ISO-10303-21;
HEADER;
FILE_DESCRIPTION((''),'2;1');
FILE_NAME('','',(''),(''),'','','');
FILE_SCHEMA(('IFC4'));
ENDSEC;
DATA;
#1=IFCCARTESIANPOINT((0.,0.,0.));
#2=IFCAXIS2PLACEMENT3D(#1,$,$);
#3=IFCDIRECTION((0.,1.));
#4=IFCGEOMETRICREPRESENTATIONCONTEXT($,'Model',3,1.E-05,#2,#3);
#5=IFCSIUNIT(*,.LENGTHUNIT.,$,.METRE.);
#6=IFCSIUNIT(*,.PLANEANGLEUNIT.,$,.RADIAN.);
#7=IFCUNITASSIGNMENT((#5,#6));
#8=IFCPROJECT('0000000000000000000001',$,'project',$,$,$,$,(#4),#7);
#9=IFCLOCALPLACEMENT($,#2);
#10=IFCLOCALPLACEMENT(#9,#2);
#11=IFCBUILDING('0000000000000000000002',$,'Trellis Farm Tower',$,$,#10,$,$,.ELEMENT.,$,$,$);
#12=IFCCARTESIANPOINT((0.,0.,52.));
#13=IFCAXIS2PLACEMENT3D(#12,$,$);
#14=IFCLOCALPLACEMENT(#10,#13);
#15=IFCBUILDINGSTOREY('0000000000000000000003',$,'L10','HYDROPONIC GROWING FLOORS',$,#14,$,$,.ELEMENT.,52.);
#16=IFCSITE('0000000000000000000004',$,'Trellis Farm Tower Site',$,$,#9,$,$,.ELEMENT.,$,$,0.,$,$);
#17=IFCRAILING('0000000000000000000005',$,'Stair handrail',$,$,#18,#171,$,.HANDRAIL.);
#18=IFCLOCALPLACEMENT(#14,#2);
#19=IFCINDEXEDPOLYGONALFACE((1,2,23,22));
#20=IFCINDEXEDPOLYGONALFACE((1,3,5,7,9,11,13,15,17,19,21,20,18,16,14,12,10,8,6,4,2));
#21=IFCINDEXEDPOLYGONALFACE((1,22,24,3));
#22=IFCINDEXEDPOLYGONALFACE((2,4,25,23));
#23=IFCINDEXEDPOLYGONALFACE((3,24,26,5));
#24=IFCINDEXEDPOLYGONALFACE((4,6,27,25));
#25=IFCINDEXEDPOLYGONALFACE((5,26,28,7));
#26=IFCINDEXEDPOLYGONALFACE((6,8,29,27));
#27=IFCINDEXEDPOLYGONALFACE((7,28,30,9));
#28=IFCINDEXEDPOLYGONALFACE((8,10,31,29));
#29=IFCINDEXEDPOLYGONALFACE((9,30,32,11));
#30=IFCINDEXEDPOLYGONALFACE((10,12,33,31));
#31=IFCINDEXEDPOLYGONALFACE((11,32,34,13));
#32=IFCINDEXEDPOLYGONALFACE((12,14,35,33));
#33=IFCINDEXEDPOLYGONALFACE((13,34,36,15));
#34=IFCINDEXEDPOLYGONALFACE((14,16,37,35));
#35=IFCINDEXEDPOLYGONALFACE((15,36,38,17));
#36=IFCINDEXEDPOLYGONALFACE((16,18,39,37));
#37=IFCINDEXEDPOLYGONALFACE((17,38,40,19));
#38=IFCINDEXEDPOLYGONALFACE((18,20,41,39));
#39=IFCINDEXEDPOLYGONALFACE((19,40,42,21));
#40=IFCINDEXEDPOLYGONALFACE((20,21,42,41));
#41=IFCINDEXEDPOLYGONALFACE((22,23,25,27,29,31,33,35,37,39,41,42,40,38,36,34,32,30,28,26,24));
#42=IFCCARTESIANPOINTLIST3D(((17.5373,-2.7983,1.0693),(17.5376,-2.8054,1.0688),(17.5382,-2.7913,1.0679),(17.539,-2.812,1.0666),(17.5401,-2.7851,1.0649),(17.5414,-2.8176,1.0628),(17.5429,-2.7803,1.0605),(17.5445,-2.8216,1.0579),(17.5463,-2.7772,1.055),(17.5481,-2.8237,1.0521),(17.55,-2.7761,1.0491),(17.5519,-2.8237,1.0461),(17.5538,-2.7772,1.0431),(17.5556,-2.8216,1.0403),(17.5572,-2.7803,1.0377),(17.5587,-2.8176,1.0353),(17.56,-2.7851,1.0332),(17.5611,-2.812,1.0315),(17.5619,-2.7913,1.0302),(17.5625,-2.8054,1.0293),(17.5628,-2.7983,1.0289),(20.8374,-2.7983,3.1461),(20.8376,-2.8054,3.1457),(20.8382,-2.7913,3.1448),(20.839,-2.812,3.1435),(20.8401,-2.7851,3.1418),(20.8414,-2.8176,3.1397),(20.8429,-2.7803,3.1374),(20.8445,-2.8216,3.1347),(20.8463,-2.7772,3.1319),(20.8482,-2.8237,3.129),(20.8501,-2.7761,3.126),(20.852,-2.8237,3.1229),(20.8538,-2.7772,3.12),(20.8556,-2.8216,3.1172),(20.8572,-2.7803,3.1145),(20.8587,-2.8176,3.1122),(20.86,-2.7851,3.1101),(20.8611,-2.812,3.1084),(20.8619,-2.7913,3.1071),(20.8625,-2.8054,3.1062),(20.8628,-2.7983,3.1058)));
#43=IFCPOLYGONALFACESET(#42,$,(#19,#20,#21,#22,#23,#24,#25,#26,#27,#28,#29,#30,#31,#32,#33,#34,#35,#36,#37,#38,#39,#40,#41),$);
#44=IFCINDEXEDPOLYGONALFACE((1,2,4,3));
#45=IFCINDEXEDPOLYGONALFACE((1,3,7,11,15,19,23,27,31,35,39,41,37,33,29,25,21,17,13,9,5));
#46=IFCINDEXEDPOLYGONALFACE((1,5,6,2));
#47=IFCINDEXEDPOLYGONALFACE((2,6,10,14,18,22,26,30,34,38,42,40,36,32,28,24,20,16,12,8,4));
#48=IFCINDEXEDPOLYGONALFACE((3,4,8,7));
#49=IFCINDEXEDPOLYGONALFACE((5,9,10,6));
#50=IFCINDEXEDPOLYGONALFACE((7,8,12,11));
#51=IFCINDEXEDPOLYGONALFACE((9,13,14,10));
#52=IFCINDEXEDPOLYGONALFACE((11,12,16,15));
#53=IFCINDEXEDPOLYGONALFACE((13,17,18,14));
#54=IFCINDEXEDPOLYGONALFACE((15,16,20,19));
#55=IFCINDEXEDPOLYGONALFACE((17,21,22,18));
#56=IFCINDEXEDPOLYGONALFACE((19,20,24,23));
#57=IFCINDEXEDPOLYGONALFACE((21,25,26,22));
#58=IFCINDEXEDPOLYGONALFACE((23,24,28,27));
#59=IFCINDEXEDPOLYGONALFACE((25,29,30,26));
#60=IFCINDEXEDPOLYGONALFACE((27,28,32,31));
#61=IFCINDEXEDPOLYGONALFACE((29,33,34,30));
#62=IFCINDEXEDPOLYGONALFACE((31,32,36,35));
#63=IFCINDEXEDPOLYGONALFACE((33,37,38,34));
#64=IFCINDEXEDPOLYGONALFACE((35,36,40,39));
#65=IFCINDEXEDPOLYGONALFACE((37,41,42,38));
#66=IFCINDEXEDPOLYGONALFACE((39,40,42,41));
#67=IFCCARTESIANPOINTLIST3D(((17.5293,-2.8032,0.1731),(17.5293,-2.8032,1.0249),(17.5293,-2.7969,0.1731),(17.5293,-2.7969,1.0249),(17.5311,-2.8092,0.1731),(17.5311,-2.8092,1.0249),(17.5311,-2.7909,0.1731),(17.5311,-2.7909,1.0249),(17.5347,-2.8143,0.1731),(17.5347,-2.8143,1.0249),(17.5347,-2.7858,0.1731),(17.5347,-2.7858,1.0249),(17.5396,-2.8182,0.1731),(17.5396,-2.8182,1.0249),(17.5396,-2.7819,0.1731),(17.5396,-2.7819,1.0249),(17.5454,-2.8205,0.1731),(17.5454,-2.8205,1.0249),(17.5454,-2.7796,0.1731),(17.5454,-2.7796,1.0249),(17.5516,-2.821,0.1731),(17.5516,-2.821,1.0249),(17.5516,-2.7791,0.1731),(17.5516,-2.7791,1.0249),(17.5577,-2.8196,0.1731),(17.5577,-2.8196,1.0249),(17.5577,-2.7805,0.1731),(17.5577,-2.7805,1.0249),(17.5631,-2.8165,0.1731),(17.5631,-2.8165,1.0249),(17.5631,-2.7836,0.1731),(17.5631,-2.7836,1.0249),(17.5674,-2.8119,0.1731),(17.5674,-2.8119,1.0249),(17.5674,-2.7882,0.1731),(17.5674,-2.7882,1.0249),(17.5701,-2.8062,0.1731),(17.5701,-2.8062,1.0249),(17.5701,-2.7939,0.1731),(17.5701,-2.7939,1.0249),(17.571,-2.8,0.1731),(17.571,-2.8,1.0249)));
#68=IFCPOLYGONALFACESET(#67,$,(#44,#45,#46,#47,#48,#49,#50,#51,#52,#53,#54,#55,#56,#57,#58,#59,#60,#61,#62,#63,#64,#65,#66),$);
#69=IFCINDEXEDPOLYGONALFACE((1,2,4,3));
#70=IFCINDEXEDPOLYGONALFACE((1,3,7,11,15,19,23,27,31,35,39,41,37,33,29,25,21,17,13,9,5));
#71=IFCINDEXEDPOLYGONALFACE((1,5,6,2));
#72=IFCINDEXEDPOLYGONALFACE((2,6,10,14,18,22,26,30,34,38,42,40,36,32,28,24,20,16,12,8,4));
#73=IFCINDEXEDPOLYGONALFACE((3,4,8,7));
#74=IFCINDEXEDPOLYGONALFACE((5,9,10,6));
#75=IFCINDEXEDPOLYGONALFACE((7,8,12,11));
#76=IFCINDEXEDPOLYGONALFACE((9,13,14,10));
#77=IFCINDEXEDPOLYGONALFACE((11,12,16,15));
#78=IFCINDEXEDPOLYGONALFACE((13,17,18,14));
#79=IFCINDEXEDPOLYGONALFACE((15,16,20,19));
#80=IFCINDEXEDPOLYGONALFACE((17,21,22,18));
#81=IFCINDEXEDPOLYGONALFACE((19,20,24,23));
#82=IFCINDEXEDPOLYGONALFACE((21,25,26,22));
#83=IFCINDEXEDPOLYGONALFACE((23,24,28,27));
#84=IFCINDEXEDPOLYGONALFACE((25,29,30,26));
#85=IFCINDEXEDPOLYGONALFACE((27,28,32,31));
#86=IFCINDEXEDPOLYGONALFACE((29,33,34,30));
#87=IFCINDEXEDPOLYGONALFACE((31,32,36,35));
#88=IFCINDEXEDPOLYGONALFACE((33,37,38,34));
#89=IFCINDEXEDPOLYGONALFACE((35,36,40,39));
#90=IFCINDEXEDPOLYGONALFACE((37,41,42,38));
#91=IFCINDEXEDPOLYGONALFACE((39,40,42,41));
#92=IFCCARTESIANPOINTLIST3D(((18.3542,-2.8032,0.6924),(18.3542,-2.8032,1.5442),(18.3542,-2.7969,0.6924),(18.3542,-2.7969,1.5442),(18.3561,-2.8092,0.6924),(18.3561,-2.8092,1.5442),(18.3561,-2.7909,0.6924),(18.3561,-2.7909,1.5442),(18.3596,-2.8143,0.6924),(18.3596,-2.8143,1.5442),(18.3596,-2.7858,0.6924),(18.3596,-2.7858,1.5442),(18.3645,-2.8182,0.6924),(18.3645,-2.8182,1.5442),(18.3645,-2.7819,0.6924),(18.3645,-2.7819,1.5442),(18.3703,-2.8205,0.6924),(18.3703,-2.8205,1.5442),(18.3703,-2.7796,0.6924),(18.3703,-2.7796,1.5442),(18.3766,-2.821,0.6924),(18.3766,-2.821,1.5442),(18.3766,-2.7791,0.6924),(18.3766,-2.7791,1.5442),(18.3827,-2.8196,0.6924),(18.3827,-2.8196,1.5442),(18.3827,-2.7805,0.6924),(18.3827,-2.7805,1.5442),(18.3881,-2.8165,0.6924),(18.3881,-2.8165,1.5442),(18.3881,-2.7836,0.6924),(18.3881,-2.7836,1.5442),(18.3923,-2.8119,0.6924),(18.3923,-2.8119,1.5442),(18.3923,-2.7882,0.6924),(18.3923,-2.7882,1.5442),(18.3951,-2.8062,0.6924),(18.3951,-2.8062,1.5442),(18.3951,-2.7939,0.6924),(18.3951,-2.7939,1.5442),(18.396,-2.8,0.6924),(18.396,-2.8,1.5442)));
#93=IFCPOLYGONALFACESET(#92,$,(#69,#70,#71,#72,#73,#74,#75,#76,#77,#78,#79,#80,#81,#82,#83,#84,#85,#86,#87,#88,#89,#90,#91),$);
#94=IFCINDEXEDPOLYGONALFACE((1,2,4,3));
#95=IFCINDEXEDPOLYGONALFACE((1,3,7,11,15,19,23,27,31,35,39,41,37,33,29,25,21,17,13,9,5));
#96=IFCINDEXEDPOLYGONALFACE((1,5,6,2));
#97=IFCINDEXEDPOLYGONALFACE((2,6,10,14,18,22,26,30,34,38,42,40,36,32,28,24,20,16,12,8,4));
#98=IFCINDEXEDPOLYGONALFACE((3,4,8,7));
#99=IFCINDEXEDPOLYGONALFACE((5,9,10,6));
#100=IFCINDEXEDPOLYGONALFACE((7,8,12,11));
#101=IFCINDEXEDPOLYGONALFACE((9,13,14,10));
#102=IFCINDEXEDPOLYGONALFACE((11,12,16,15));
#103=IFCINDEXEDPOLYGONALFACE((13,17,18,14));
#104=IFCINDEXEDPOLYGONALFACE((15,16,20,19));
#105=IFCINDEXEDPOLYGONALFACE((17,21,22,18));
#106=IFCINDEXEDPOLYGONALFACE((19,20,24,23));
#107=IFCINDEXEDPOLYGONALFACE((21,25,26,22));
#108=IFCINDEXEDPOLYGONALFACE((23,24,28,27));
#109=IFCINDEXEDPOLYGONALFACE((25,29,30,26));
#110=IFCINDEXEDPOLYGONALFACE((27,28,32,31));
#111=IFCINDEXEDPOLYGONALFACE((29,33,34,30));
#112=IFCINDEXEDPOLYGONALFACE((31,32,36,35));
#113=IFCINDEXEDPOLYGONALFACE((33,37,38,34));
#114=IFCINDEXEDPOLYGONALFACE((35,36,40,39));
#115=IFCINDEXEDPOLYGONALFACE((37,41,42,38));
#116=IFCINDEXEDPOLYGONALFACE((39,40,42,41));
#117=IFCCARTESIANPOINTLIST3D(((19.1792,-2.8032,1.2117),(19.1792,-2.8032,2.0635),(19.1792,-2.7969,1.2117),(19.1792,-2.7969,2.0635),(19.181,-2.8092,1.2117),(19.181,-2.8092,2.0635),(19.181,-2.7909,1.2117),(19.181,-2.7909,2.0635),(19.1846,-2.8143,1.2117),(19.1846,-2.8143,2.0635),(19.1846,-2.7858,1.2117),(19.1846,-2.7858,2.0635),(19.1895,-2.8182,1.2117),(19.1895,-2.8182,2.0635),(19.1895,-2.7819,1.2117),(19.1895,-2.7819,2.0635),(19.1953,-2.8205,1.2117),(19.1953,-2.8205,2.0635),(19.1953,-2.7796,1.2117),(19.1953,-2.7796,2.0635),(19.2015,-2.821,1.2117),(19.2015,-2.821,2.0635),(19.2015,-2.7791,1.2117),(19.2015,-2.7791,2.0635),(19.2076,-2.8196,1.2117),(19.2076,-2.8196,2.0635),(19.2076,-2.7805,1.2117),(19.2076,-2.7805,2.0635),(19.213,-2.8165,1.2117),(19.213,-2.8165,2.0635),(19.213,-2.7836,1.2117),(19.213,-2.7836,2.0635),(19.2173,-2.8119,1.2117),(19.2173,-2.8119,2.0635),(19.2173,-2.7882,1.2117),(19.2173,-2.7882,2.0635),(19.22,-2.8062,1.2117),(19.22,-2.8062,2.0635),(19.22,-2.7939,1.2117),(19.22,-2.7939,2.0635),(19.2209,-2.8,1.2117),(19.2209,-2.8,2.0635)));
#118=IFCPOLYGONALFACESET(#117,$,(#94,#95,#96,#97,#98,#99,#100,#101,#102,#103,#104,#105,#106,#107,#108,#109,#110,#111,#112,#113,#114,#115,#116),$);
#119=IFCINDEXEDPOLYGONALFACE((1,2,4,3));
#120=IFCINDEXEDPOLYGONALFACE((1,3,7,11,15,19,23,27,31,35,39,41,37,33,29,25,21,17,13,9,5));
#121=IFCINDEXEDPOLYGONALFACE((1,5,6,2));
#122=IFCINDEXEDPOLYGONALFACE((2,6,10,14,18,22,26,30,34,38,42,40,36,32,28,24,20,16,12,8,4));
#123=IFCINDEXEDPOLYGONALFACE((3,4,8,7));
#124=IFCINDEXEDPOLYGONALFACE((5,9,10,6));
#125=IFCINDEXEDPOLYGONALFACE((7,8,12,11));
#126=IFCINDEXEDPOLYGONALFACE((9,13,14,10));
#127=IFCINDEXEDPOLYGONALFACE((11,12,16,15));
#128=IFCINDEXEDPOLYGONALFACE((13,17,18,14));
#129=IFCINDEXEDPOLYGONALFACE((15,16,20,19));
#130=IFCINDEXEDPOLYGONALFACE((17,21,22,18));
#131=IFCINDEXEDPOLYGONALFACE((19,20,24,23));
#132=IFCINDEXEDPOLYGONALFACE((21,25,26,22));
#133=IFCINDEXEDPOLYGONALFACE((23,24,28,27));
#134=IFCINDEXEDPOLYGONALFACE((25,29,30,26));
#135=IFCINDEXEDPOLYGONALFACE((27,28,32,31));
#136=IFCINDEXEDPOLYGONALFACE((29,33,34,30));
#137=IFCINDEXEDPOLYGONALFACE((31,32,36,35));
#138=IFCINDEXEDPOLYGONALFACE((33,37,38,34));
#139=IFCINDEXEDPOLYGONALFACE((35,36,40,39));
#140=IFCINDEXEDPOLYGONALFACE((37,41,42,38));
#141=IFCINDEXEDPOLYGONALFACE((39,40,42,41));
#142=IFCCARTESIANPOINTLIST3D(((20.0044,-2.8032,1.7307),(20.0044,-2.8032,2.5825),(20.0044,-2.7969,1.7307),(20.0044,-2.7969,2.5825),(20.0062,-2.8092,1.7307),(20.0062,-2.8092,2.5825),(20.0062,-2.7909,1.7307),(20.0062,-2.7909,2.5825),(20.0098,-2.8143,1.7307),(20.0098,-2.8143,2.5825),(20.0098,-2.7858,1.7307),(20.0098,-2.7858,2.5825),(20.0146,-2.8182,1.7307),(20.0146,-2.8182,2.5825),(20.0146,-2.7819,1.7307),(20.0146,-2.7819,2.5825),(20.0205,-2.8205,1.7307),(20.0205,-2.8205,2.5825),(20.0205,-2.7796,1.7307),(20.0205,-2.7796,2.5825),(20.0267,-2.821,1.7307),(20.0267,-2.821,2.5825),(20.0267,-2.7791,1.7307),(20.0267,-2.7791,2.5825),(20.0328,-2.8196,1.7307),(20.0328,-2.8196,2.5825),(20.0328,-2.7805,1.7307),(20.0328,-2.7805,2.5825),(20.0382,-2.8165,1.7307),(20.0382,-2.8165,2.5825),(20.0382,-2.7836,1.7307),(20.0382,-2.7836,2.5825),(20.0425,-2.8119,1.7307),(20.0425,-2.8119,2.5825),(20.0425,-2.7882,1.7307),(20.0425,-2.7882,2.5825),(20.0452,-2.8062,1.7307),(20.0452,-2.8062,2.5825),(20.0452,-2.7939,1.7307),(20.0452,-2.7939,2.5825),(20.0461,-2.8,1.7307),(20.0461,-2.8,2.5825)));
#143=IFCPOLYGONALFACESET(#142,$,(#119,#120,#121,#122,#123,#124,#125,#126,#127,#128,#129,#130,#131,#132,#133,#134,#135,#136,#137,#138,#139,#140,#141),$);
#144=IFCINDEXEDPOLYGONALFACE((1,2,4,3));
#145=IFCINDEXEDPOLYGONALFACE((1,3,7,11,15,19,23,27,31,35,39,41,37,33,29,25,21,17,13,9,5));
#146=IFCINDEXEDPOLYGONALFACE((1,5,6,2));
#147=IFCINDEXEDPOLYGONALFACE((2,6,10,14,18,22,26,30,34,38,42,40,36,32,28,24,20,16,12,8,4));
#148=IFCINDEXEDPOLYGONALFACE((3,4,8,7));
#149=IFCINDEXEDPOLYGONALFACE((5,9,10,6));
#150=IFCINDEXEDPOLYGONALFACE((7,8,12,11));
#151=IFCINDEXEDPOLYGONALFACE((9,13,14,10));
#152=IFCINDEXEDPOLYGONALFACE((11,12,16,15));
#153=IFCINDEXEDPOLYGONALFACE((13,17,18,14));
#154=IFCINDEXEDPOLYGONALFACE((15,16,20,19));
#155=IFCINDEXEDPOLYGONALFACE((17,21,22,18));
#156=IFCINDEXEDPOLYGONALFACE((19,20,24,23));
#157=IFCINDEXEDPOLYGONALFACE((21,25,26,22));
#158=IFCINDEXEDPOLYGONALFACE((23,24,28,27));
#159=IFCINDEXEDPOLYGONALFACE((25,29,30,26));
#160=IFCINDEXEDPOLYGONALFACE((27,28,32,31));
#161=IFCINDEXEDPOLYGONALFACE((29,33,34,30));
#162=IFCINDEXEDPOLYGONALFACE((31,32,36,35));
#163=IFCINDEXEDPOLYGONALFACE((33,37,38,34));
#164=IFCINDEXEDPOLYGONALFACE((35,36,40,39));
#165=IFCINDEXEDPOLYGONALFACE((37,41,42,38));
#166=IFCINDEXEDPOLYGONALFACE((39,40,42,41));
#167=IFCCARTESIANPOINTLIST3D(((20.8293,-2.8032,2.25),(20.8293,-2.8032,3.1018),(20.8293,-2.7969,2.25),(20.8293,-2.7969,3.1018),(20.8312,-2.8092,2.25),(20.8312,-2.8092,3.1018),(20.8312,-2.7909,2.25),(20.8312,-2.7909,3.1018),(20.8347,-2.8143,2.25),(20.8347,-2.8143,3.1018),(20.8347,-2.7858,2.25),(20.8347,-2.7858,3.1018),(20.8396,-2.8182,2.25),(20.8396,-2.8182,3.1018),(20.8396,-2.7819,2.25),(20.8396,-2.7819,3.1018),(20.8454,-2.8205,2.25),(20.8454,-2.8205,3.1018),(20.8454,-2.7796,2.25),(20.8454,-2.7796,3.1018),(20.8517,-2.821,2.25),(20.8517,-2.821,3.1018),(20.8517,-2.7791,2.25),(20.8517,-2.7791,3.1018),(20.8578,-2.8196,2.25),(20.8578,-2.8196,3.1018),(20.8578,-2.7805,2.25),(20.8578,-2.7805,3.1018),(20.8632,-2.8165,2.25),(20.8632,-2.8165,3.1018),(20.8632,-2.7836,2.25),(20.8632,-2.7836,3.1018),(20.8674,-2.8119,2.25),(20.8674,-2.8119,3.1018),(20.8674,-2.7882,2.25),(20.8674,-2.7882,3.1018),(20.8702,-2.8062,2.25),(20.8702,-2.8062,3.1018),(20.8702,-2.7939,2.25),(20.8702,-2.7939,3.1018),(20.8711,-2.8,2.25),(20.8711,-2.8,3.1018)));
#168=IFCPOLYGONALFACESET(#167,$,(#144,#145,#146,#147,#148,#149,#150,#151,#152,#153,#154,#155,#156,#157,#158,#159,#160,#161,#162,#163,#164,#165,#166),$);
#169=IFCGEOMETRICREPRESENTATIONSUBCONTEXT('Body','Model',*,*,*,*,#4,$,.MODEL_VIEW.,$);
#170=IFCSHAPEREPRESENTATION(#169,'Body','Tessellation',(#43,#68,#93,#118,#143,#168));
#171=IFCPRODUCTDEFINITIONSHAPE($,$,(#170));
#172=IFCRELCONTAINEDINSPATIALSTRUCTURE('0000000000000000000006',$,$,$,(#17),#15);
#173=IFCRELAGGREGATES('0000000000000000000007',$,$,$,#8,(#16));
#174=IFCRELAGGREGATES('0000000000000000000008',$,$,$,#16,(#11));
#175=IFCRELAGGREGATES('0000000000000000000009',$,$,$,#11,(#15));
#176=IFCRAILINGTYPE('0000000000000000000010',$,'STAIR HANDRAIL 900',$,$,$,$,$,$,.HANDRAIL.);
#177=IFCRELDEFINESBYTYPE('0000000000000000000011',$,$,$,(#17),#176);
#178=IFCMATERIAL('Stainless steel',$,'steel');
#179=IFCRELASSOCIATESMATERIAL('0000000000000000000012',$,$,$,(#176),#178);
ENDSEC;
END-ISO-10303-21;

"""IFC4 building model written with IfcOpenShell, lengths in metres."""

from ifc_helpers import new_model, si_unit, direction, frame, origin, origin_2d, place, context, subcontext, project, spatial, circle, extrude, source, transform, mapped, material, type_object, element, save


model = new_model("IFC4")

# Units and contexts
model_context = context("Model", 3, precision=1e-05, world=origin(), true_north=direction((0.0, 1.0)))
body_context = subcontext(model_context, "Body", "Model", "MODEL_VIEW")
ifc_project = project(units=[si_unit("LENGTHUNIT", "METRE"), si_unit("PLANEANGLEUNIT", "RADIAN")], contexts=[model_context])

# Site, building, storey
site_placement = place(None, origin())
site = spatial("IfcSite", under=ifc_project, at=site_placement, Name="Trellis Farm Tower Site", CompositionType="ELEMENT", RefElevation=0.0)
building_placement = place(site_placement, origin())
building = spatial("IfcBuilding", under=site, at=building_placement, Name="Trellis Farm Tower", CompositionType="ELEMENT")
storey_placement = place(building_placement, frame((0.0, 0.0, 52.0)))
storey = spatial("IfcBuildingStorey", under=building, at=storey_placement, Name="L10", Description="HYDROPONIC GROWING FLOORS", CompositionType="ELEMENT", Elevation=52.0)

# Shared definitions
ifc_material_1 = material(Name="Stainless steel", Category="steel")

# Railing
railing_type = type_object("IfcRailingType", Name="STAIR HANDRAIL 900", PredefinedType="HANDRAIL", material=ifc_material_1)
shared_shape_1 = source(origin(), body_context, "Body", "SweptSolid", [
    extrude(circle(Radius=0.0239, at=origin_2d()), frame((0.0, 0.0, 0.876), z_axis=(0.846337, 0.0, 0.532647), x_axis=(0.0, 1.0, 0.0)), (0.0, 0.0, 1.0), 3.8992),
    extrude(circle(Radius=0.021, at=origin_2d()), origin(), (0.0, 0.0, 1.0), 0.8518),
    extrude(circle(Radius=0.021, at=origin_2d()), frame((0.825, 0.0, 0.5193)), (0.0, 0.0, 1.0), 0.8518),
    extrude(circle(Radius=0.021, at=origin_2d()), frame((1.6499, 0.0, 1.0386)), (0.0, 0.0, 1.0), 0.8518),
    extrude(circle(Radius=0.021, at=origin_2d()), frame((2.4751, 0.0, 1.5576)), (0.0, 0.0, 1.0), 0.8518),
    extrude(circle(Radius=0.021, at=origin_2d()), frame((3.3, 0.0, 2.0769)), (0.0, 0.0, 1.0), 0.8518),
])
railing_placement = place(storey_placement, frame((17.55, -2.8, 0.1731)))
element("IfcRailing", 1, at=railing_placement, inside=storey, type_object=railing_type, Name="Stair handrail", PredefinedType="HANDRAIL", context=body_context, shape_type="MappedRepresentation", body=[
    mapped(shared_shape_1, transform((0.0, 0.0, 0.0))),
])

save(model, "model.ifc")
